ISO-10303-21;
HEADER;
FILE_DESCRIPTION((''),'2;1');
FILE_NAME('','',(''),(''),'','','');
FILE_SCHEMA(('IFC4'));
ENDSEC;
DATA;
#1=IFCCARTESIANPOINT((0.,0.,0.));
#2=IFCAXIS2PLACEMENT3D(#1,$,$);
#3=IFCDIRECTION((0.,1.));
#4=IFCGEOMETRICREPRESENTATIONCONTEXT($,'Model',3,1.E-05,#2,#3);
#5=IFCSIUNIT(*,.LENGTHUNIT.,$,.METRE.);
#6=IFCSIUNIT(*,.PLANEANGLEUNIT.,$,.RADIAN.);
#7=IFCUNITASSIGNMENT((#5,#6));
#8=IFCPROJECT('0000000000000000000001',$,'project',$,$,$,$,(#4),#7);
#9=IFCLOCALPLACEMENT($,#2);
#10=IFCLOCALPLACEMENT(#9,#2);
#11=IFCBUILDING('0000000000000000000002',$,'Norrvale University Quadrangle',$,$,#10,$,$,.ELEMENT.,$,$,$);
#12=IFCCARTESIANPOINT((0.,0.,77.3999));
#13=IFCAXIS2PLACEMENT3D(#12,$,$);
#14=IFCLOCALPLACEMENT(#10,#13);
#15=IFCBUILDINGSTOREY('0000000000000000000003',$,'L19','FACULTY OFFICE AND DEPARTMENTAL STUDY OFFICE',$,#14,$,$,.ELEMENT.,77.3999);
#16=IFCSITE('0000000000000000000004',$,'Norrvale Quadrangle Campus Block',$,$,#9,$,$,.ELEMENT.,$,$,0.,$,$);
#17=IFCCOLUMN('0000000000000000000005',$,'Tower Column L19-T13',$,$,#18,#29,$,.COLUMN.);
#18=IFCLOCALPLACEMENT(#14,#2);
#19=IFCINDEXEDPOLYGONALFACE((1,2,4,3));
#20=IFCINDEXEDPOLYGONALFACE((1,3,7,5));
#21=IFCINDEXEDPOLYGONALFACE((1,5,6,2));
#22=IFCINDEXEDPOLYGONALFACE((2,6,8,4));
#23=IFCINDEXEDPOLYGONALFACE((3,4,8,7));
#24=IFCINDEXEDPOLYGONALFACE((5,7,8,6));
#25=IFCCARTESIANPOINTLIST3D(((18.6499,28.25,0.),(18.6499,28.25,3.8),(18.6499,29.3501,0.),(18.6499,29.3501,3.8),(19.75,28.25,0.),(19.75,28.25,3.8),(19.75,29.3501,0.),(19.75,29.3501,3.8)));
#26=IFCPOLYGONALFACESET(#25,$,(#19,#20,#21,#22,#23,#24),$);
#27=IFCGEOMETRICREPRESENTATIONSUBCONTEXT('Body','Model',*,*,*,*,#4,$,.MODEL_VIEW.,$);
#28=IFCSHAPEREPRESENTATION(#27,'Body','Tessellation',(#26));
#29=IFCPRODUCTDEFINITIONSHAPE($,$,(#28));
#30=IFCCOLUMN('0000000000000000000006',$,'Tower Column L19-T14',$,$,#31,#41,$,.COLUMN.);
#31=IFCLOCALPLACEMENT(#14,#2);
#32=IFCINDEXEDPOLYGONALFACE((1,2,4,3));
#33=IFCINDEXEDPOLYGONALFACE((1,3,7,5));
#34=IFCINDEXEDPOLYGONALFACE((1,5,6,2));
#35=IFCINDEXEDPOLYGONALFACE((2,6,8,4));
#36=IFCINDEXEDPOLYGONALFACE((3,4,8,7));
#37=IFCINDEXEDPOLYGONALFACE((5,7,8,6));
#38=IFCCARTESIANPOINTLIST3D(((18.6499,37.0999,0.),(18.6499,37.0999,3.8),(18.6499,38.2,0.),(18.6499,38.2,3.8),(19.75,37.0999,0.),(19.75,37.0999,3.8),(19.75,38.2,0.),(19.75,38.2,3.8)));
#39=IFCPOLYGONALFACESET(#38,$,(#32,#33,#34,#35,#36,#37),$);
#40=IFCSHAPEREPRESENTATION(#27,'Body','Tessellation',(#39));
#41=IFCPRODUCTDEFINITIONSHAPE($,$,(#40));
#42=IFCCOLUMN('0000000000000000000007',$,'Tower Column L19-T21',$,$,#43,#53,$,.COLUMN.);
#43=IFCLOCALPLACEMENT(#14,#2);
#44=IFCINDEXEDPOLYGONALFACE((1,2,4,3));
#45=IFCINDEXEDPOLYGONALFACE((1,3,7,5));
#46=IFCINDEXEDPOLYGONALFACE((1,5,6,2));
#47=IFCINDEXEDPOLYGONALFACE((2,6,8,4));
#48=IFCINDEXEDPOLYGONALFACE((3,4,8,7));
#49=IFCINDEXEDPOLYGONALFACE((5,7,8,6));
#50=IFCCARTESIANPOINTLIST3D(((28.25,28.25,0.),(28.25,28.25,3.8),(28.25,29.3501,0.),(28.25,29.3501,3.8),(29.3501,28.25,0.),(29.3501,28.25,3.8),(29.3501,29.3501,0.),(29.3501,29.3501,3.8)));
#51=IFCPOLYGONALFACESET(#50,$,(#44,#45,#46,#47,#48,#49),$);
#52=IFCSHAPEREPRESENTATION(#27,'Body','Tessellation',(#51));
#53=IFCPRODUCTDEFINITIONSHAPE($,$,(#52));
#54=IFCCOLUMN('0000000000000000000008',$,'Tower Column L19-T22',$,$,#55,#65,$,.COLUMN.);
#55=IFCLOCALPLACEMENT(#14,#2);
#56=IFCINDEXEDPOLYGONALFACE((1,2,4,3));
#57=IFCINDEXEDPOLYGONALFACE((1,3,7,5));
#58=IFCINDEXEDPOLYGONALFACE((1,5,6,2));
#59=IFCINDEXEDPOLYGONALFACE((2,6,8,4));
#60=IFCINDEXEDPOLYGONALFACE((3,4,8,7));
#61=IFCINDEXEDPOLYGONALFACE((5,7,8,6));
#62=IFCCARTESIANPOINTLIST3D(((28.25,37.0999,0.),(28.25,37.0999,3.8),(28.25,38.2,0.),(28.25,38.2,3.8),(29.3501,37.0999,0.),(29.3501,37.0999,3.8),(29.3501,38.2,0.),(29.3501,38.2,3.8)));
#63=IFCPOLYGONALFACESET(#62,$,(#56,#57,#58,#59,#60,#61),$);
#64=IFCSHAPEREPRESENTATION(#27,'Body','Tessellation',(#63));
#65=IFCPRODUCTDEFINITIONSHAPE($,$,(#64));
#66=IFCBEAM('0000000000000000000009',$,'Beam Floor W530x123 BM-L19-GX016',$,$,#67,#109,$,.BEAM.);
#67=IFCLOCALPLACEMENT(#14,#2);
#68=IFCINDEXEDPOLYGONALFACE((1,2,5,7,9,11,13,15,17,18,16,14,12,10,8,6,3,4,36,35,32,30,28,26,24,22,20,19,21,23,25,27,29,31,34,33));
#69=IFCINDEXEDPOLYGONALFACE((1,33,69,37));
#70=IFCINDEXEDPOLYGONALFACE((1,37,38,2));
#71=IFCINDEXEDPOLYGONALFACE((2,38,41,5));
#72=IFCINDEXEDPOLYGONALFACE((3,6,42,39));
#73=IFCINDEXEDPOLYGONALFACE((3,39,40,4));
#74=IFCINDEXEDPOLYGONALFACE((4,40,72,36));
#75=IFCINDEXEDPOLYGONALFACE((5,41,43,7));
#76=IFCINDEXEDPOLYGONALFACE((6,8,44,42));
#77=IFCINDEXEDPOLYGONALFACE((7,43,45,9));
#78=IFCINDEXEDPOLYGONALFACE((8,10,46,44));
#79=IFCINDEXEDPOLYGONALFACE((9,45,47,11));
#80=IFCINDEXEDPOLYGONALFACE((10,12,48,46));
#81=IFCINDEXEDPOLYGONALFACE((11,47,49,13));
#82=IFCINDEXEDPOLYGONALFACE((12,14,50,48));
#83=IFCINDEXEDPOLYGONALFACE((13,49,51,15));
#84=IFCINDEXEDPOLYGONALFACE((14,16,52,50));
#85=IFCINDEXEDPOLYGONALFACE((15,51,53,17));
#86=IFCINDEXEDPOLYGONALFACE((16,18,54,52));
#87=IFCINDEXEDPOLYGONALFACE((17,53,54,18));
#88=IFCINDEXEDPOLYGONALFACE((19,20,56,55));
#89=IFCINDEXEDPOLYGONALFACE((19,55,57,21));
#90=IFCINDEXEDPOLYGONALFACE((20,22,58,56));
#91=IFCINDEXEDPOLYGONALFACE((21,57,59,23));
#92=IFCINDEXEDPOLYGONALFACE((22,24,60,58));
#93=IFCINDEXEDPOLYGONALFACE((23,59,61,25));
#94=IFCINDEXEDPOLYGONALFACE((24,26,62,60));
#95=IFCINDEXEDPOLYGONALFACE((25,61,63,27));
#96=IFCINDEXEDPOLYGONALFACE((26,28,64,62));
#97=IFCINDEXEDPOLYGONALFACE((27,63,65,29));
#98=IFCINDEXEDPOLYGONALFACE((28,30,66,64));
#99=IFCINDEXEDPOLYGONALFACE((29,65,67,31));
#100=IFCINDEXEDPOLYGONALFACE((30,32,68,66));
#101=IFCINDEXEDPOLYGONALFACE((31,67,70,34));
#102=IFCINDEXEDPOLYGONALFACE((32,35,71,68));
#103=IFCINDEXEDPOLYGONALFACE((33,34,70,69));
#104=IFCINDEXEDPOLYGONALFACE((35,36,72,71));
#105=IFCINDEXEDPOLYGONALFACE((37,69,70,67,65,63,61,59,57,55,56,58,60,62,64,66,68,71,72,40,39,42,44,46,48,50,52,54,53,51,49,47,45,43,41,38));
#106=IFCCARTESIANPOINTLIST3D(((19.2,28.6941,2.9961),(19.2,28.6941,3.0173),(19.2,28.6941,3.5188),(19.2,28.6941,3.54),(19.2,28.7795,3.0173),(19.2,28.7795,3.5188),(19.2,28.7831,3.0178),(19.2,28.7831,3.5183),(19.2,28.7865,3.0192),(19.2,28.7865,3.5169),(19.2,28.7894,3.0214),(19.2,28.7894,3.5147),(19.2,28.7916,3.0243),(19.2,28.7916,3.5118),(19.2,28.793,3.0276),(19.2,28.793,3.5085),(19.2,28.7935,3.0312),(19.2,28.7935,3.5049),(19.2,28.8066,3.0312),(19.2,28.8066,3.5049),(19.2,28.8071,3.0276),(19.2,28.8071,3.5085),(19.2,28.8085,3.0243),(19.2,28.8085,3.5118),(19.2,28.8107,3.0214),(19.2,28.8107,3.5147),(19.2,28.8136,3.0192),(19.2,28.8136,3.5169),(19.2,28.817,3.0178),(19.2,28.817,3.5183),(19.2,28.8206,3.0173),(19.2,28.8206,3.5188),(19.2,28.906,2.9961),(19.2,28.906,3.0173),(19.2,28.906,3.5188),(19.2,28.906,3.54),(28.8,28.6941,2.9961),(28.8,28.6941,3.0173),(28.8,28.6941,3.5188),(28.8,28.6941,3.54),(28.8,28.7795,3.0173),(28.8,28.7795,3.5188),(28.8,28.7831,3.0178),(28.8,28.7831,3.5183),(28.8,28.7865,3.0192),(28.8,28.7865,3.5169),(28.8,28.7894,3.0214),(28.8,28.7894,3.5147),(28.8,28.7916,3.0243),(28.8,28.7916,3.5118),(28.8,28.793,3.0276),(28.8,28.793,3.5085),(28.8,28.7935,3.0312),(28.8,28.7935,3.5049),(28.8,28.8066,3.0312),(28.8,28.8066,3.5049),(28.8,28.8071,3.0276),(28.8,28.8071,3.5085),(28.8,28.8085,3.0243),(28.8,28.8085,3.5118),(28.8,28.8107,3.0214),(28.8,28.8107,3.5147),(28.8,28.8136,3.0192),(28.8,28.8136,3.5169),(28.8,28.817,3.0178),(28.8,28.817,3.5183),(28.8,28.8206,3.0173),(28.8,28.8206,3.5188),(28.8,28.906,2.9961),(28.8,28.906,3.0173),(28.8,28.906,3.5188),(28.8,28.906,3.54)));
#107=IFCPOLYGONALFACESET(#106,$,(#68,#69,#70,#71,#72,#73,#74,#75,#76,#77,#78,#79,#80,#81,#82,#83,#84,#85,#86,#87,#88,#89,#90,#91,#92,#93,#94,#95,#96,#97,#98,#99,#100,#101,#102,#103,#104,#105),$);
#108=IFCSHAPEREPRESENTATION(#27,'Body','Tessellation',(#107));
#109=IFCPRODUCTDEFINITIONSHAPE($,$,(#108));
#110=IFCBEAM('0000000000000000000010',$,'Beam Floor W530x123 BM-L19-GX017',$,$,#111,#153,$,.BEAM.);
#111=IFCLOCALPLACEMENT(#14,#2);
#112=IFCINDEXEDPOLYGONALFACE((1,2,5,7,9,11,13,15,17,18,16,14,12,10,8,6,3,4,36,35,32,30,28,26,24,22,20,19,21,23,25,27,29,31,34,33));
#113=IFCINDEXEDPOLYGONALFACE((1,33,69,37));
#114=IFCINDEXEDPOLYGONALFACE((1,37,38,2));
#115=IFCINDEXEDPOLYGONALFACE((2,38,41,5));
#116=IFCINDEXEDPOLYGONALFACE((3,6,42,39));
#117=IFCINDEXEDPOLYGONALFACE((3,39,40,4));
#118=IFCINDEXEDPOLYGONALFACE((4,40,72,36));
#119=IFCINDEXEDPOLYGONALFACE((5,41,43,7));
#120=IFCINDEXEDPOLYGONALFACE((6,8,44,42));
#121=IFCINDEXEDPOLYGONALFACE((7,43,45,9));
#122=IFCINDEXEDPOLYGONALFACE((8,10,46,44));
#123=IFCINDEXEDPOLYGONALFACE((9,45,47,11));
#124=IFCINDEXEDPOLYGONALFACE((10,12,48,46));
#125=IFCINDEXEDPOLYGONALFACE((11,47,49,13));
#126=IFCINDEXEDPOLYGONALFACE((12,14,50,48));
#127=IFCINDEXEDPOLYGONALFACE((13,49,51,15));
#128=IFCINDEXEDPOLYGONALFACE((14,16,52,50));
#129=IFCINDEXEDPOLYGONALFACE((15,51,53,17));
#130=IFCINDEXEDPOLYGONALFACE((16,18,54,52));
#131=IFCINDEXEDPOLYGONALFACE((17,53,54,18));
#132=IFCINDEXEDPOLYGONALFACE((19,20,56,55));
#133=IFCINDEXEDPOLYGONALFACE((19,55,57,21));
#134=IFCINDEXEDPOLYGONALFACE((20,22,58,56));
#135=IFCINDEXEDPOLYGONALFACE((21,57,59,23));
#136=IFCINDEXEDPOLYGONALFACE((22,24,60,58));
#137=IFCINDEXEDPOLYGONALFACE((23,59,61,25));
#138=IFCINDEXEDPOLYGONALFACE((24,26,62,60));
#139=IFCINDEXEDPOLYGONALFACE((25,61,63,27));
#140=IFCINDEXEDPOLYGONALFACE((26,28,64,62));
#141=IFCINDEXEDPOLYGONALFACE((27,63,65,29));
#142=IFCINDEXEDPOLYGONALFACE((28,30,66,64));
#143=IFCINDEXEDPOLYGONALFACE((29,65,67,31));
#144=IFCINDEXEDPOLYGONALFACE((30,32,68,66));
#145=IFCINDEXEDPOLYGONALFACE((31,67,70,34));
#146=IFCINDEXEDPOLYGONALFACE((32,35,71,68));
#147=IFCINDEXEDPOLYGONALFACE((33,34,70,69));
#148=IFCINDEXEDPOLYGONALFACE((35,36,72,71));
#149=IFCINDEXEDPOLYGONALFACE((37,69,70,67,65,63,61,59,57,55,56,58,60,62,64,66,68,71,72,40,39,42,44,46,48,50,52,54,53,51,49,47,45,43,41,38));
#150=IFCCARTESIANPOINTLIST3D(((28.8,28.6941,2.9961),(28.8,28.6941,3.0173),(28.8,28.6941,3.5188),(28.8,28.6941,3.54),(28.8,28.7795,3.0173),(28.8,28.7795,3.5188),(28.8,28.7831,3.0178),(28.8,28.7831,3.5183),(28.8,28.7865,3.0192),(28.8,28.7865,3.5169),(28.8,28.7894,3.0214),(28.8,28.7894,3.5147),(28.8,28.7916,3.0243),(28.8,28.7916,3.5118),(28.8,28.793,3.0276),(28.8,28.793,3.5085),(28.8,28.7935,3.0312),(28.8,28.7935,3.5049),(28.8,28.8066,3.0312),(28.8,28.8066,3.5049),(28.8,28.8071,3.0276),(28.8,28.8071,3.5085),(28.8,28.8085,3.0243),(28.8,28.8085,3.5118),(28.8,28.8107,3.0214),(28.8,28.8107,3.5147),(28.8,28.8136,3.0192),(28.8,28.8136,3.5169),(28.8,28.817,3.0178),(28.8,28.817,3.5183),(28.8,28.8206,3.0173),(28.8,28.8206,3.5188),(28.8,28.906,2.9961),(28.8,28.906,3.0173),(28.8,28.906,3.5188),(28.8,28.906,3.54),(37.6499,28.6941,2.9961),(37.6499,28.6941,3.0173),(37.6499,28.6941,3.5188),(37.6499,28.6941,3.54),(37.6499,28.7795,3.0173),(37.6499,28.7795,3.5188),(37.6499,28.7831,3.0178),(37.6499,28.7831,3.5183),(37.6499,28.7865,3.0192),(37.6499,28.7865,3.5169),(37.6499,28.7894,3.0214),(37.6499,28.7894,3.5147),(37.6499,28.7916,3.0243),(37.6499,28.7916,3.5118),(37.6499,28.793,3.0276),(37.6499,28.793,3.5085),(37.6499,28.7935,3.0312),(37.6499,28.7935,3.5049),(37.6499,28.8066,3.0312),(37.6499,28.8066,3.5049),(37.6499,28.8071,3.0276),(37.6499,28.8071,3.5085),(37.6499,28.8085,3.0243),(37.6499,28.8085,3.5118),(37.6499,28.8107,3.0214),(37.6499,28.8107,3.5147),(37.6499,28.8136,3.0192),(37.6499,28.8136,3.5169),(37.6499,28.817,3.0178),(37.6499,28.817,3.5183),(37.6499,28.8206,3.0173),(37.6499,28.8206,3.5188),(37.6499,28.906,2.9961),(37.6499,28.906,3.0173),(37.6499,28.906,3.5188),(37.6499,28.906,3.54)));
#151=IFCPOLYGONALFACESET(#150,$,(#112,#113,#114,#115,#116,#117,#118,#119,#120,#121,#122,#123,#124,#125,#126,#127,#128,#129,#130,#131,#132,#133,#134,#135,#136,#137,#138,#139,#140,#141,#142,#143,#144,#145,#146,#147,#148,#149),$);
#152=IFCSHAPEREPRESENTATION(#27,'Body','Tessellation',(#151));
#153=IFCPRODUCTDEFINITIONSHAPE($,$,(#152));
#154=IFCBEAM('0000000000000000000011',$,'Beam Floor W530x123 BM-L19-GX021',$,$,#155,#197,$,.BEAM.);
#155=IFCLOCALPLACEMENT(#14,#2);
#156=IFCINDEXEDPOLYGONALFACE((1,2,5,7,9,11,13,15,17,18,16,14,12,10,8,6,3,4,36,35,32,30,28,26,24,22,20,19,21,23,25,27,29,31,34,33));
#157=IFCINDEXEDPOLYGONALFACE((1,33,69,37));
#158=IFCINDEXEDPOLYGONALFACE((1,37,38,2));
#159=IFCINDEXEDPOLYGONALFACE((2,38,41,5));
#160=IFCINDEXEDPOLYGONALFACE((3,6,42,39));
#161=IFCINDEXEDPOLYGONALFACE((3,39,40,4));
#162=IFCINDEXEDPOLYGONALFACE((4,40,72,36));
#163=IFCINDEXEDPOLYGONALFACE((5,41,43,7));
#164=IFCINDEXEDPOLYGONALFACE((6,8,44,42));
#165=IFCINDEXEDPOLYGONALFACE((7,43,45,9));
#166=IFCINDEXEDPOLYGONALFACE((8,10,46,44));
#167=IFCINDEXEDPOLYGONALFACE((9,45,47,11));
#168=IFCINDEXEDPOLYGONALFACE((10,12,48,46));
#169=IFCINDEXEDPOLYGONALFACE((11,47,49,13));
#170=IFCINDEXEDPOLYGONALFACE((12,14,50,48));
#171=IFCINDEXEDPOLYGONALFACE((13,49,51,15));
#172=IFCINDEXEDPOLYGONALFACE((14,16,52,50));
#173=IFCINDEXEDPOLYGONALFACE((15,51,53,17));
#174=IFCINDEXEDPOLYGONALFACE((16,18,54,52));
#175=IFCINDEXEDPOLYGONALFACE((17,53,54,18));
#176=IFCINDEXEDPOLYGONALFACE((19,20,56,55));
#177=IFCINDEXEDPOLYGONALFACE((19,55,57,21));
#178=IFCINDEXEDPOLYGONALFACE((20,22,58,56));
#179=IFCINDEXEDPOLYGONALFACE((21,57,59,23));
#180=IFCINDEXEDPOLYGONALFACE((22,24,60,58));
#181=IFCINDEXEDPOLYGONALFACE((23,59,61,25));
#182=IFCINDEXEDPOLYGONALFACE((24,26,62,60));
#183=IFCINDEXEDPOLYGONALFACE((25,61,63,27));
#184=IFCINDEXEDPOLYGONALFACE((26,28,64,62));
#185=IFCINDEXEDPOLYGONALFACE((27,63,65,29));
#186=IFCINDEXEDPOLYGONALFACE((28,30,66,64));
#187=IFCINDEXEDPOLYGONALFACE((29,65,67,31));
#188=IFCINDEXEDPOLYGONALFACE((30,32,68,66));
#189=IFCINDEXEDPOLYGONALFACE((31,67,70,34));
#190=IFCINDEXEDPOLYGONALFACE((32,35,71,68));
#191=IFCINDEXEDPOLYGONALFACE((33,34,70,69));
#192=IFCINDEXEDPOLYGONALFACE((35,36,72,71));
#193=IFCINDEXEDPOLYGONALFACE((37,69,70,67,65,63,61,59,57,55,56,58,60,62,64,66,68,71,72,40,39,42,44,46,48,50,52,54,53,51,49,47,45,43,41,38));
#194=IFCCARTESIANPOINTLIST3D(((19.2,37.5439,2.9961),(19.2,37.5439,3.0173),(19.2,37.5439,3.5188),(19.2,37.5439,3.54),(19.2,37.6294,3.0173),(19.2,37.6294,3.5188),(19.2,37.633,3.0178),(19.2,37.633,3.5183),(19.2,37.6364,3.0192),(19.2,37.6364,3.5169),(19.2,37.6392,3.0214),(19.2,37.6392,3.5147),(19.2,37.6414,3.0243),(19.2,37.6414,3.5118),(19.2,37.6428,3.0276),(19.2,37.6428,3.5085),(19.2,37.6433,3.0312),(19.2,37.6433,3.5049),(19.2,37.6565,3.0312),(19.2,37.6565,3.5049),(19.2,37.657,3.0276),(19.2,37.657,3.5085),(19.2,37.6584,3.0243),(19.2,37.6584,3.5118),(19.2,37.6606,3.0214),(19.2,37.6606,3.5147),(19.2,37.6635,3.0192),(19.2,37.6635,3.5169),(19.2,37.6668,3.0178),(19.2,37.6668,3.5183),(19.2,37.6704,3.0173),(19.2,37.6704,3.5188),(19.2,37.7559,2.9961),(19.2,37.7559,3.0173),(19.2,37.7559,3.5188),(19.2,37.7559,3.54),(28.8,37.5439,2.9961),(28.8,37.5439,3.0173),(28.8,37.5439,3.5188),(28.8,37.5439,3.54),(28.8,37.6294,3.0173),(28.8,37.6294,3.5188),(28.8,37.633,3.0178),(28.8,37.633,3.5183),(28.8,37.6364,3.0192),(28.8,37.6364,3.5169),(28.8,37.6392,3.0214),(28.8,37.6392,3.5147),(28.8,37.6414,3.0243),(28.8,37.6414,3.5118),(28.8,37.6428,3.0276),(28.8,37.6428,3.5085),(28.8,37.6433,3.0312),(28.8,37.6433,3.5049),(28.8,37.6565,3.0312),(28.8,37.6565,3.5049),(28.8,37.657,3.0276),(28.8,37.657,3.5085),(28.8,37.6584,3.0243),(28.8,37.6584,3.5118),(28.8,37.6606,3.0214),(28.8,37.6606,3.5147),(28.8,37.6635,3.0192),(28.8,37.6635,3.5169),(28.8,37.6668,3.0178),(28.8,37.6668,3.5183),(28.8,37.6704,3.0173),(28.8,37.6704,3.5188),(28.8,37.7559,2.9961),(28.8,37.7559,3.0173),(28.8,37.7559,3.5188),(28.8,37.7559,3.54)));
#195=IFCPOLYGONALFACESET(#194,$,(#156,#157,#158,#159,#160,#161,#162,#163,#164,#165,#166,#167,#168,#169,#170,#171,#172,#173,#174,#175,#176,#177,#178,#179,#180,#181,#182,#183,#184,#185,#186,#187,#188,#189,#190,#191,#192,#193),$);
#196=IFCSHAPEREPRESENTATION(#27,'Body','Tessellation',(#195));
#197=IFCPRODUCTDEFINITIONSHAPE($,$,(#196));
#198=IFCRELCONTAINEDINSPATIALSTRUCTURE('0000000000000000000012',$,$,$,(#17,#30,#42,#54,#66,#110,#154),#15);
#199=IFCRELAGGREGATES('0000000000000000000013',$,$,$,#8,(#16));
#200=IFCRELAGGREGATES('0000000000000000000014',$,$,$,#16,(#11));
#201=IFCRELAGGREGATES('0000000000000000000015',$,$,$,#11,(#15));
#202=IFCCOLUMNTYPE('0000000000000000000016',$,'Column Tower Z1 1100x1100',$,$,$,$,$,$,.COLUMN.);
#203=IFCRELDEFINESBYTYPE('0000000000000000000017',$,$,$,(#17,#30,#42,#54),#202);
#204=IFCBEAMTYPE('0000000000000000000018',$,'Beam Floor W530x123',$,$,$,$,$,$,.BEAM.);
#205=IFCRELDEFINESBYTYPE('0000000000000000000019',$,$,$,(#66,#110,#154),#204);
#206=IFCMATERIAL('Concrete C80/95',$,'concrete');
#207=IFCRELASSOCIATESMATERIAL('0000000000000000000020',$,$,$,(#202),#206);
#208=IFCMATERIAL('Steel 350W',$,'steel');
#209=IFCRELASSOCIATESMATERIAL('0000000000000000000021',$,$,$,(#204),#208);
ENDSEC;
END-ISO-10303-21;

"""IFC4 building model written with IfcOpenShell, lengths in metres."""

from ifc_helpers import new_model, si_unit, direction, frame, origin, origin_2d, place, context, subcontext, project, spatial, rectangle, i_section, extrude, material, material_profile, profile_set, type_object, element, save


model = new_model("IFC4")

# Units and contexts
model_context = context("Model", 3, precision=1e-05, world=origin(), true_north=direction((0.0, 1.0)))
body_context = subcontext(model_context, "Body", "Model", "MODEL_VIEW")
ifc_project = project(units=[si_unit("LENGTHUNIT", "METRE"), si_unit("PLANEANGLEUNIT", "RADIAN")], contexts=[model_context])

# Site, building, storey
site_placement = place(None, origin())
site = spatial("IfcSite", under=ifc_project, at=site_placement, Name="Norrvale Quadrangle Campus Block", CompositionType="ELEMENT", RefElevation=0.0)
building_placement = place(site_placement, origin())
building = spatial("IfcBuilding", under=site, at=building_placement, Name="Norrvale University Quadrangle", CompositionType="ELEMENT")
storey_placement = place(building_placement, frame((0.0, 0.0, 77.3999)))
storey = spatial("IfcBuildingStorey", under=building, at=storey_placement, Name="L19", Description="FACULTY OFFICE AND DEPARTMENTAL STUDY OFFICE", CompositionType="ELEMENT", Elevation=77.3999)

# Columns
ifc_material_1 = material(Name="Concrete C80/95", Category="concrete")
ifc_material_profile_1 = material_profile(ifc_material_1, rectangle(XDim=1.1001, YDim=1.1001, at=origin_2d()), Name="Concrete C80/95")
ifc_profile_set_1 = profile_set([ifc_material_profile_1], Name="Concrete C80/95")
column_type = type_object("IfcColumnType", Name="Column Tower Z1 1100x1100", PredefinedType="COLUMN", material=ifc_profile_set_1)
for number, where, z_axis, x_axis, name in (
    (1, (19.2, 28.8, 0.0), (0.0, 0.0, 1.0), (1.0, 0.0, 0.0), "Tower Column L19-T13"),
    (2, (19.2, 37.6499, 0.0), (0.0, 0.0, 1.0), (1.0, 0.0, 0.0), "Tower Column L19-T14"),
    (3, (28.8, 28.8, 0.0), (0.0, 0.0, 1.0), (1.0, 0.0, 0.0), "Tower Column L19-T21"),
    (4, (28.8, 37.6499, 0.0), (0.0, 0.0, 1.0), (1.0, 0.0, 0.0), "Tower Column L19-T22"),
):
    element("IfcColumn", number, at=place(storey_placement, frame(where, z_axis=z_axis, x_axis=x_axis)), inside=storey, type_object=column_type, Name=name, PredefinedType="COLUMN", context=body_context, shape_type="SweptSolid", body=[
        extrude(rectangle(XDim=1.1001, YDim=1.1001, at=origin_2d()), origin(), (0.0, 0.0, 1.0), 3.8),
    ])

# Beams
ifc_material_2 = material(Name="Steel 350W", Category="steel")
ifc_material_profile_2 = material_profile(ifc_material_2, i_section(OverallWidth=0.2119, OverallDepth=0.5439, WebThickness=0.0132, FlangeThickness=0.0212, FilletRadius=0.0139, at=origin_2d()), Name="Steel 350W")
ifc_profile_set_2 = profile_set([ifc_material_profile_2], Name="Steel 350W")
beam_type_1 = type_object("IfcBeamType", Name="Beam Floor W530x123", PredefinedType="BEAM", material=ifc_profile_set_2)
beam_1_placement = place(storey_placement, frame((19.2, 28.8, 3.2681), z_axis=(1.0, 0.0, 0.0), x_axis=(0.0, 1.0, 0.0)))
element("IfcBeam", 5, at=beam_1_placement, inside=storey, type_object=beam_type_1, Name="Beam Floor W530x123 BM-L19-GX016", PredefinedType="BEAM", context=body_context, shape_type="SweptSolid", body=[
    extrude(i_section(OverallWidth=0.2119, OverallDepth=0.5439, WebThickness=0.0132, FlangeThickness=0.0212, FilletRadius=0.0139, at=origin_2d()), origin(), (0.0, 0.0, 1.0), 9.6001),
])
beam_2_placement = place(storey_placement, frame((28.8, 28.8, 3.2681), z_axis=(1.0, 0.0, 0.0), x_axis=(0.0, 1.0, 0.0)))
element("IfcBeam", 6, at=beam_2_placement, inside=storey, type_object=beam_type_1, Name="Beam Floor W530x123 BM-L19-GX017", PredefinedType="BEAM", context=body_context, shape_type="SweptSolid", body=[
    extrude(i_section(OverallWidth=0.2119, OverallDepth=0.5439, WebThickness=0.0132, FlangeThickness=0.0212, FilletRadius=0.0139, at=origin_2d()), origin(), (0.0, 0.0, 1.0), 8.8499),
])
beam_3_placement = place(storey_placement, frame((19.2, 37.6499, 3.2681), z_axis=(1.0, 0.0, 0.0), x_axis=(0.0, 1.0, 0.0)))
element("IfcBeam", 7, at=beam_3_placement, inside=storey, type_object=beam_type_1, Name="Beam Floor W530x123 BM-L19-GX021", PredefinedType="BEAM", context=body_context, shape_type="SweptSolid", body=[
    extrude(i_section(OverallWidth=0.2119, OverallDepth=0.5439, WebThickness=0.0132, FlangeThickness=0.0212, FilletRadius=0.0139, at=origin_2d()), origin(), (0.0, 0.0, 1.0), 9.6001),
])

save(model, "model.ifc")
